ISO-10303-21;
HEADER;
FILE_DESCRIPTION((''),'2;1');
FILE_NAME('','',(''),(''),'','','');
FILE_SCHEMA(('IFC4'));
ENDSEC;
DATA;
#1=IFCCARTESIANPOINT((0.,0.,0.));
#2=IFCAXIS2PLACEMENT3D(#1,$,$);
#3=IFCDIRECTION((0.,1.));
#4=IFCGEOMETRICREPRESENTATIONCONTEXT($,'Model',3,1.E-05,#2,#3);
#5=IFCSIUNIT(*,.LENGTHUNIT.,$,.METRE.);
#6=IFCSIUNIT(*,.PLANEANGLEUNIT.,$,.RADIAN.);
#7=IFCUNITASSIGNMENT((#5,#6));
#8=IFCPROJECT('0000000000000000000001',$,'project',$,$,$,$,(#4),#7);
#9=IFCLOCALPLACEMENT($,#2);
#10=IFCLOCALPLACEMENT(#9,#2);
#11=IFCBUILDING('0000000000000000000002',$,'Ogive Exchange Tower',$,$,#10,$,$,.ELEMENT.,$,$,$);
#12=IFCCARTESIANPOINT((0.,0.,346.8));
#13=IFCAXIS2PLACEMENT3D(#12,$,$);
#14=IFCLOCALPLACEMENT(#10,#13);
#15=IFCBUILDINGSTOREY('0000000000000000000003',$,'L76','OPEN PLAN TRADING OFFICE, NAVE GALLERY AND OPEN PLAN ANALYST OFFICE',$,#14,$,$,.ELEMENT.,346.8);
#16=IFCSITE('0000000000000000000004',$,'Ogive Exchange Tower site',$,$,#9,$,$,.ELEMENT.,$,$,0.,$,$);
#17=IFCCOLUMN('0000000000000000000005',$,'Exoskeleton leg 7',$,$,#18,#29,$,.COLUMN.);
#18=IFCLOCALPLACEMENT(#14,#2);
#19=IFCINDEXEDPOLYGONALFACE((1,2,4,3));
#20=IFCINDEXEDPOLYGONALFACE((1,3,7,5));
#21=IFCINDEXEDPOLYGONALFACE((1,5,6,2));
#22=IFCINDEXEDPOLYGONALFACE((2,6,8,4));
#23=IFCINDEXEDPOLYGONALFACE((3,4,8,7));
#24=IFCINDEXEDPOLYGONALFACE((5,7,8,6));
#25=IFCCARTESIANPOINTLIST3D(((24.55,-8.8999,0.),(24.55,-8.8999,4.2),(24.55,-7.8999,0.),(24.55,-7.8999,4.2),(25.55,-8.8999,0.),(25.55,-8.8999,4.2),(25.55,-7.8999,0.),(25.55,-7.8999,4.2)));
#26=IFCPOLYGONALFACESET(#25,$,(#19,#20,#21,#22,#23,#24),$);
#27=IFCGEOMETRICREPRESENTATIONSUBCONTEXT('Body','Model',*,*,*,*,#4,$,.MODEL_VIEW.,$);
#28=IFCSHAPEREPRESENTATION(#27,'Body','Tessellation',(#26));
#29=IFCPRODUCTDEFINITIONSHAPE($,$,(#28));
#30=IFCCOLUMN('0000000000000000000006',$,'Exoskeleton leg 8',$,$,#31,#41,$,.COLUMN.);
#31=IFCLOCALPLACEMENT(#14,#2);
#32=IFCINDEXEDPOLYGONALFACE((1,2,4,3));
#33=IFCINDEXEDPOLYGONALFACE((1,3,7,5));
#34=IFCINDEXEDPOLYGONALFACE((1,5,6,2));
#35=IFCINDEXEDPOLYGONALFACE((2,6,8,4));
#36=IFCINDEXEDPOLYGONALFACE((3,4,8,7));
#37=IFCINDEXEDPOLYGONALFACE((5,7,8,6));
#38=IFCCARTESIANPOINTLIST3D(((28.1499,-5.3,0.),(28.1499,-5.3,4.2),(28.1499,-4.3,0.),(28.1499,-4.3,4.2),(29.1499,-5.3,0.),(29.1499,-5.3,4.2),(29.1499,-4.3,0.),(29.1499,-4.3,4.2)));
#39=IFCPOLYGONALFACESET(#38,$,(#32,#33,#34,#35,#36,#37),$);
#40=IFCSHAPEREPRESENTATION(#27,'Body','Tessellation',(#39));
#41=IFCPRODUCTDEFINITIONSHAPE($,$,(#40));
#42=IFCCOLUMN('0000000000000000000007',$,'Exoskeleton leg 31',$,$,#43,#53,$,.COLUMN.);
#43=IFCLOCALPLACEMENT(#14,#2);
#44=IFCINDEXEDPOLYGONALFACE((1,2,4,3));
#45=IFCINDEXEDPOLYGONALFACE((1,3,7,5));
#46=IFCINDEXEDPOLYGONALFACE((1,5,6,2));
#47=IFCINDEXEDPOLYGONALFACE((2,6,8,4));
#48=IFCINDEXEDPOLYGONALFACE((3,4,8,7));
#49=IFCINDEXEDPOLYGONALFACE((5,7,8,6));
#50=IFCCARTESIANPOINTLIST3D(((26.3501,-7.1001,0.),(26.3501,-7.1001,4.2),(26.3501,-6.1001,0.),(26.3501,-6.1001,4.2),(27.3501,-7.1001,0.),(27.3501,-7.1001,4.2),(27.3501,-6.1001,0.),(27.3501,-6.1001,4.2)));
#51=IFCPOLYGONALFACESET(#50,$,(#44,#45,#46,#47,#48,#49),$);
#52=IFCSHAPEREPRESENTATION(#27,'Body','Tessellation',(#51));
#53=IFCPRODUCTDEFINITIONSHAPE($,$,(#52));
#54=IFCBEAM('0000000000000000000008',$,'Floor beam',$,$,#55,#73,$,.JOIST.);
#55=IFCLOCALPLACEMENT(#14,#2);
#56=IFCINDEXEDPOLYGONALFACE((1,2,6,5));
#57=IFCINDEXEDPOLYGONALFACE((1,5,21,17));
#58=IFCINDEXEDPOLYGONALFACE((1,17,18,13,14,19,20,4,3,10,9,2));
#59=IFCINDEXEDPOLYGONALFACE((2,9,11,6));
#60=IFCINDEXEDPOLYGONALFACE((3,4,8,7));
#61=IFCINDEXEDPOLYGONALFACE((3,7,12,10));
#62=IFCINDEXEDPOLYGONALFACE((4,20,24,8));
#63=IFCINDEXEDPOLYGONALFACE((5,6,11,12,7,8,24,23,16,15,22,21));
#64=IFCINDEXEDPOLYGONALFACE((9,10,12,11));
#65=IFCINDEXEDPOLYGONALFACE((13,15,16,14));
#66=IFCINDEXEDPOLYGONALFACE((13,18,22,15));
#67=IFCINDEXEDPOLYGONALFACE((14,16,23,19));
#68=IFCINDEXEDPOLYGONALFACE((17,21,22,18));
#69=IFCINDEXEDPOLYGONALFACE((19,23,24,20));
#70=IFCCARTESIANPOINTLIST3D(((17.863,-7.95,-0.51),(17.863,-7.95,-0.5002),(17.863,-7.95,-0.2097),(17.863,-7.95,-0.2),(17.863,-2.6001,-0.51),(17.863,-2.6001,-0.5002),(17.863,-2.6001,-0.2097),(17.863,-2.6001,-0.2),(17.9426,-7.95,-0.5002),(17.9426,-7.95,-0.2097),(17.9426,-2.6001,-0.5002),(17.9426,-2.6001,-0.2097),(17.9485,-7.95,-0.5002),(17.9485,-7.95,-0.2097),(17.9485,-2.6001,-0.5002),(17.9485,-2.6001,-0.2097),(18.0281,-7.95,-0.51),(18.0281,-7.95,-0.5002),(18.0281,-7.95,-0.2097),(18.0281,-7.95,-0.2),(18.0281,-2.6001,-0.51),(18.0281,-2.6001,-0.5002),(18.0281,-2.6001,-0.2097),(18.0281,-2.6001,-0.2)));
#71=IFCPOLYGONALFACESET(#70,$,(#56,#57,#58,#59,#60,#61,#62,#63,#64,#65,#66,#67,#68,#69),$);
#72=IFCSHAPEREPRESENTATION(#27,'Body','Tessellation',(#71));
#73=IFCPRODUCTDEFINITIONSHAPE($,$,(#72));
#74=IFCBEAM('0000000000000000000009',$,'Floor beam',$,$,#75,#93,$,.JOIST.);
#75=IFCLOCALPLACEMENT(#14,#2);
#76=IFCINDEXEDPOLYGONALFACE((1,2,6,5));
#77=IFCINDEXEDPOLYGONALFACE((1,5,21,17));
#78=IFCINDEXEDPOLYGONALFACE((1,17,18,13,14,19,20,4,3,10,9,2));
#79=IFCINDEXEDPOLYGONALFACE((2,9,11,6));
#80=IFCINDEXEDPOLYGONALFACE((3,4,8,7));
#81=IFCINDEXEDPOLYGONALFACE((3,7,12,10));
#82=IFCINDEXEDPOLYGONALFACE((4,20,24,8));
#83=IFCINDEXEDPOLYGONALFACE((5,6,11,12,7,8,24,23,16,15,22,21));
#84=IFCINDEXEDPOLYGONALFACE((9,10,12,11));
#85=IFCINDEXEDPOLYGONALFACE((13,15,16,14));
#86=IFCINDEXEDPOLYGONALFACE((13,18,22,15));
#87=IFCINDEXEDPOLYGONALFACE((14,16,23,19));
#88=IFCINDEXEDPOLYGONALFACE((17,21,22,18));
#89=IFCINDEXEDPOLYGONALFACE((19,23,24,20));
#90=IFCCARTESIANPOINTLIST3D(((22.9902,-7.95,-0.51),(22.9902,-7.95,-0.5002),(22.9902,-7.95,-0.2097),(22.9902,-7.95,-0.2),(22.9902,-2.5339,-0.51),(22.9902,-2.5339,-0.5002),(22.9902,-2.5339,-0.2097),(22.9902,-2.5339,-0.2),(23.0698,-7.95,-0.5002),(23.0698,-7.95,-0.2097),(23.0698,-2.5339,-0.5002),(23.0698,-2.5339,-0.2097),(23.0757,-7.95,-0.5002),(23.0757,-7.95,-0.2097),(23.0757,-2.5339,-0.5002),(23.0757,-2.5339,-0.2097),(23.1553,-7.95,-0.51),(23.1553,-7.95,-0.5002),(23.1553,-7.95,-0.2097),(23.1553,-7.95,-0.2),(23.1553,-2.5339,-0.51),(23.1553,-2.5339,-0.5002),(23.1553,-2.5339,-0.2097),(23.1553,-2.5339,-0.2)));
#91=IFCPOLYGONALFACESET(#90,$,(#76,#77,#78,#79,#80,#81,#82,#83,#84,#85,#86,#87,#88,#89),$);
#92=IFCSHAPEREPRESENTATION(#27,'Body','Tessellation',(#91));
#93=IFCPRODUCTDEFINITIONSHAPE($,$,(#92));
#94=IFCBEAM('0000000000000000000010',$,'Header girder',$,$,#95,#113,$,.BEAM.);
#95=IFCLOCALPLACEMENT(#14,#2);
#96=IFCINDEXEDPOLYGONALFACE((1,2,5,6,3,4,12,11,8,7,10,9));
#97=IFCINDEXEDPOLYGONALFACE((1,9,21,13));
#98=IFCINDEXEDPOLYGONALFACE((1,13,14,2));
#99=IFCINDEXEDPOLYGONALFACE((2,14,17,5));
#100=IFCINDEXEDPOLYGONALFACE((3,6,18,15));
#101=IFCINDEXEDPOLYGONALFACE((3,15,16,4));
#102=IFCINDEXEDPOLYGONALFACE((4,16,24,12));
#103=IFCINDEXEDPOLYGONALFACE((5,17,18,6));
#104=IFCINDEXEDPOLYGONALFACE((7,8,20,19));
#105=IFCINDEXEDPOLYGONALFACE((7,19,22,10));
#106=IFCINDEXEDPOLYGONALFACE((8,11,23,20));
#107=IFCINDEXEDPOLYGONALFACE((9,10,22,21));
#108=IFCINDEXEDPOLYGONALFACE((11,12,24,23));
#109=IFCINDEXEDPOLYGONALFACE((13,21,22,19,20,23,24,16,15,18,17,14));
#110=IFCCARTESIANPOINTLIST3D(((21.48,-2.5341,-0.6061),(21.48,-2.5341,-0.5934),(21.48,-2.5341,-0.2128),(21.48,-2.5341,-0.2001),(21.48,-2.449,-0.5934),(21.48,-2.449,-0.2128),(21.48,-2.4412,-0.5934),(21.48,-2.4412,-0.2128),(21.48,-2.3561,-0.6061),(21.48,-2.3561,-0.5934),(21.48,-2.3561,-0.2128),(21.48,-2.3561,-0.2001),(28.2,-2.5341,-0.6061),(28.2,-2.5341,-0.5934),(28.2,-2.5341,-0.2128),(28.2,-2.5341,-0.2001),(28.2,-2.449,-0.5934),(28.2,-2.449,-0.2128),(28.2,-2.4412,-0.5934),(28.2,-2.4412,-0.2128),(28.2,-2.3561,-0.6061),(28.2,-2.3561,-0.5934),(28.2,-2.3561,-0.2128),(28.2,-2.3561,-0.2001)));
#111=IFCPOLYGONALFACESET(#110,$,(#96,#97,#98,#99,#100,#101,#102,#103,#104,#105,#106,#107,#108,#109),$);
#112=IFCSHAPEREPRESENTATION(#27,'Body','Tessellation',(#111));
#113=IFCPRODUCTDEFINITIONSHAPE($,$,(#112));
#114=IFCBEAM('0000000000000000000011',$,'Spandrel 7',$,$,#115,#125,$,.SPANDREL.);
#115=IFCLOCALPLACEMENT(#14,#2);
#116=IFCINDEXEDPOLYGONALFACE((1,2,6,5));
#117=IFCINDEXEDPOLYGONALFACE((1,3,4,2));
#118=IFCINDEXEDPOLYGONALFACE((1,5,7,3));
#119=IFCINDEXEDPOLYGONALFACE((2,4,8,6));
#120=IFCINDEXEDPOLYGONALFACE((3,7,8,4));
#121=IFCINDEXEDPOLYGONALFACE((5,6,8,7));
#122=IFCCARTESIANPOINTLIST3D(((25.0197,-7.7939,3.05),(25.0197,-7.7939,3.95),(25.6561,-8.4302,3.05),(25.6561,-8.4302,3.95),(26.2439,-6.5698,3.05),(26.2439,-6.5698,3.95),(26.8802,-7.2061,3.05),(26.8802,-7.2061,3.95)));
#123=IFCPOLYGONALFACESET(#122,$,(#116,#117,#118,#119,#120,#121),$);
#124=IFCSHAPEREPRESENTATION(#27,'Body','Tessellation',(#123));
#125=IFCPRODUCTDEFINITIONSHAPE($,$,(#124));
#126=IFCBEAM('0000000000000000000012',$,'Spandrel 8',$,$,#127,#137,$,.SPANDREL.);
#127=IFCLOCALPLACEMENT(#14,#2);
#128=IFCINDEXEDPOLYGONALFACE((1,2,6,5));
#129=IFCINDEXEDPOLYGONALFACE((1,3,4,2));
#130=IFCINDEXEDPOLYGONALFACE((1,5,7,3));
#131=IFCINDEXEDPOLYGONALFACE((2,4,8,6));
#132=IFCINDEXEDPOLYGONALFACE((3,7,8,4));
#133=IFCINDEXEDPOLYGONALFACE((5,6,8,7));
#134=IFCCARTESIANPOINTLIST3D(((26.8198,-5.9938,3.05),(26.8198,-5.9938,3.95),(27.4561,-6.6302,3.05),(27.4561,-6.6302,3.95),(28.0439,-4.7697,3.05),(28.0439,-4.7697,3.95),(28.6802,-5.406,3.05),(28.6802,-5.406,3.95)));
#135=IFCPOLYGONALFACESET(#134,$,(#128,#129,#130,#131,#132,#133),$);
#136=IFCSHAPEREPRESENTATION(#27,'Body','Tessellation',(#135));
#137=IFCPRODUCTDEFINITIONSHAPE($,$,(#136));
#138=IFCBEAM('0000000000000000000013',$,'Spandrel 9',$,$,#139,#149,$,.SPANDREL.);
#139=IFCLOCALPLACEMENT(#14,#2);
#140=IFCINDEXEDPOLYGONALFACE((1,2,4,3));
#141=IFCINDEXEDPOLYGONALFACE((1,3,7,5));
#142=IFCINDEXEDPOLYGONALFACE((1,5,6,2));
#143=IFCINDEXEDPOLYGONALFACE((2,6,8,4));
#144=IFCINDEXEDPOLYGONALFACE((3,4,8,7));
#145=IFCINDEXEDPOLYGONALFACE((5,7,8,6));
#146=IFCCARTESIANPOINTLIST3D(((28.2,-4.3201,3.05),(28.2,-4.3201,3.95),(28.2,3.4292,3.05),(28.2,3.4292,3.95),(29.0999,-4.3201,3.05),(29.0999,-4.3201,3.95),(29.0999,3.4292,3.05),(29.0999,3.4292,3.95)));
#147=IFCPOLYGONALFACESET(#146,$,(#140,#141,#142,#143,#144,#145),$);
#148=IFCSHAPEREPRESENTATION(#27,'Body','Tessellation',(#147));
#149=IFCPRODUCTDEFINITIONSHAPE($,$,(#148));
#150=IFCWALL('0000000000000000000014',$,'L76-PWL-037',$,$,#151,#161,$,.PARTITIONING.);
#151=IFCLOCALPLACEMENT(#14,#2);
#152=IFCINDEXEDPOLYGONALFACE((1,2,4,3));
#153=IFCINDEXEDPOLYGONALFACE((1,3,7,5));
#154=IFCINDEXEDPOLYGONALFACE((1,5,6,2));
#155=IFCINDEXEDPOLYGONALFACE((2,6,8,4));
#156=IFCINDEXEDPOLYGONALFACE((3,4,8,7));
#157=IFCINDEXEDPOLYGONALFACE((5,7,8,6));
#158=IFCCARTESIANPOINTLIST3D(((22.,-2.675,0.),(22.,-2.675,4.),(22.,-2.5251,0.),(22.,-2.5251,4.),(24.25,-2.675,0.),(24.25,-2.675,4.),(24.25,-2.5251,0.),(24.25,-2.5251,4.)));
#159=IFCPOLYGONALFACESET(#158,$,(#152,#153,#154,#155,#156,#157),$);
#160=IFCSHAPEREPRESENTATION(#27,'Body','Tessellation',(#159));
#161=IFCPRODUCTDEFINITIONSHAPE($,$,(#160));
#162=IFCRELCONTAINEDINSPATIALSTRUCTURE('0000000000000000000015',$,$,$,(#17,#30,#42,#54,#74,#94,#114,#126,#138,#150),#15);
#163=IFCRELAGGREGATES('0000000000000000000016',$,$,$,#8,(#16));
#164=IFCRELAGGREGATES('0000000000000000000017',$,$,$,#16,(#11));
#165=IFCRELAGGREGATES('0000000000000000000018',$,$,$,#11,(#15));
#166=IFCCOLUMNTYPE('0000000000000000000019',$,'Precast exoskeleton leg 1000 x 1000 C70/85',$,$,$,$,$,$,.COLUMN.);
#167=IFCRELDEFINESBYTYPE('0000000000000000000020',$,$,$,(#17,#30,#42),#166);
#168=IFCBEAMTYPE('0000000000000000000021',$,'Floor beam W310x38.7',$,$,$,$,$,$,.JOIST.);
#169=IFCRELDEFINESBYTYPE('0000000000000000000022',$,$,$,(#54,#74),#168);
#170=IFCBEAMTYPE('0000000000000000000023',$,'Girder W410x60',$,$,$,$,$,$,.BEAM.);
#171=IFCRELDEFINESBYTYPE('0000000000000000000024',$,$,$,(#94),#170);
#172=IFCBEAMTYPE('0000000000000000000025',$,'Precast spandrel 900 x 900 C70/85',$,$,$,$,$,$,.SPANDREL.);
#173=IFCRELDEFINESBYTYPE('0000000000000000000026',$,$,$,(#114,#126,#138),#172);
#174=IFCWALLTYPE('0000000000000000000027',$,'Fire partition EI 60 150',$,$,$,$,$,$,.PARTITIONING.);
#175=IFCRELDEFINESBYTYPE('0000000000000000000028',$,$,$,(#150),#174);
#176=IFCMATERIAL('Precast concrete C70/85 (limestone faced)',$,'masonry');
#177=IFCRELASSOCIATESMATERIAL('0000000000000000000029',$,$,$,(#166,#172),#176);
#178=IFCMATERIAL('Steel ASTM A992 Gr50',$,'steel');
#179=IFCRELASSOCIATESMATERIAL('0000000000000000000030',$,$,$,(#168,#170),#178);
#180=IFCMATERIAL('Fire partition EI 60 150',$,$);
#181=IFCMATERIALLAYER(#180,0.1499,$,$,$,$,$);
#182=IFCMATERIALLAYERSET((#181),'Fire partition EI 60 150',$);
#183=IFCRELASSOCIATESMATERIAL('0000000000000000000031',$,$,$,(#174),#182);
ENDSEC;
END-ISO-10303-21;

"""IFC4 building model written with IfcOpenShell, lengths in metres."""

from ifc_helpers import new_model, si_unit, direction, frame, frame_2d, origin, origin_2d, place, context, subcontext, project, spatial, rectangle, i_section, extrude, material, layer, layer_set, material_profile, profile_set, type_object, element, save


model = new_model("IFC4")

# Units and contexts
model_context = context("Model", 3, precision=1e-05, world=origin(), true_north=direction((0.0, 1.0)))
body_context = subcontext(model_context, "Body", "Model", "MODEL_VIEW")
ifc_project = project(units=[si_unit("LENGTHUNIT", "METRE"), si_unit("PLANEANGLEUNIT", "RADIAN")], contexts=[model_context])

# Site, building, storey
site_placement = place(None, origin())
site = spatial("IfcSite", under=ifc_project, at=site_placement, Name="Ogive Exchange Tower site", CompositionType="ELEMENT", RefElevation=0.0)
building_placement = place(site_placement, origin())
building = spatial("IfcBuilding", under=site, at=building_placement, Name="Ogive Exchange Tower", CompositionType="ELEMENT")
storey_placement = place(building_placement, frame((0.0, 0.0, 346.8)))
storey = spatial("IfcBuildingStorey", under=building, at=storey_placement, Name="L76", Description="OPEN PLAN TRADING OFFICE, NAVE GALLERY AND OPEN PLAN ANALYST OFFICE", CompositionType="ELEMENT", Elevation=346.8)

# Columns
ifc_material_1 = material(Name="Precast concrete C70/85 (limestone faced)", Category="masonry")
ifc_material_profile_1 = material_profile(ifc_material_1, rectangle(XDim=1.0, YDim=1.0, at=origin_2d()), Name="1000 x 1000")
ifc_profile_set_1 = profile_set([ifc_material_profile_1], Name="Precast concrete C70/85 (limestone faced)")
column_type = type_object("IfcColumnType", Name="Precast exoskeleton leg 1000 x 1000 C70/85", PredefinedType="COLUMN", material=ifc_profile_set_1)
for number, where, z_axis, x_axis, name in (
    (1, (25.05, -8.3999, 0.0), (0.0, 0.0, 1.0), (1.0, 0.0, 0.0), "Exoskeleton leg 7"),
    (2, (28.6499, -4.8, 0.0), (0.0, 0.0, 1.0), (1.0, 0.0, 0.0), "Exoskeleton leg 8"),
    (3, (26.8501, -6.6001, 0.0), (0.0, 0.0, 1.0), (1.0, 0.0, 0.0), "Exoskeleton leg 31"),
):
    element("IfcColumn", number, at=place(storey_placement, frame(where, z_axis=z_axis, x_axis=x_axis)), inside=storey, type_object=column_type, Name=name, PredefinedType="COLUMN", context=body_context, shape_type="SweptSolid", body=[
        extrude(rectangle(XDim=1.0, YDim=1.0, at=origin_2d()), origin(), (0.0, 0.0, 1.0), 4.2),
    ])

# Beams
ifc_material_2 = material(Name="Steel ASTM A992 Gr50", Category="steel")
ifc_material_profile_2 = material_profile(ifc_material_2, i_section(OverallWidth=0.165, OverallDepth=0.3101, WebThickness=0.0059, FlangeThickness=0.0098, at=origin_2d()), Name="W310x38.7")
ifc_profile_set_2 = profile_set([ifc_material_profile_2], Name="Steel ASTM A992 Gr50")
beam_type_1 = type_object("IfcBeamType", Name="Floor beam W310x38.7", PredefinedType="JOIST", material=ifc_profile_set_2)
beam_1_placement = place(storey_placement, frame((17.9456, -7.95, -0.355), z_axis=(0.0, 1.0, 0.0), x_axis=(-1.0, 0.0, 0.0)))
element("IfcBeam", 4, at=beam_1_placement, inside=storey, type_object=beam_type_1, Name="Floor beam", PredefinedType="JOIST", context=body_context, shape_type="SweptSolid", body=[
    extrude(i_section(OverallWidth=0.165, OverallDepth=0.3101, WebThickness=0.0059, FlangeThickness=0.0098, at=origin_2d()), origin(), (0.0, 0.0, 1.0), 5.3499),
])
beam_2_placement = place(storey_placement, frame((23.0728, -7.95, -0.355), z_axis=(0.0, 1.0, 0.0), x_axis=(-1.0, 0.0, 0.0)))
element("IfcBeam", 5, at=beam_2_placement, inside=storey, type_object=beam_type_1, Name="Floor beam", PredefinedType="JOIST", context=body_context, shape_type="SweptSolid", body=[
    extrude(i_section(OverallWidth=0.165, OverallDepth=0.3101, WebThickness=0.0059, FlangeThickness=0.0098, at=origin_2d()), origin(), (0.0, 0.0, 1.0), 5.416),
])
ifc_material_profile_3 = material_profile(ifc_material_2, i_section(OverallWidth=0.178, OverallDepth=0.406, WebThickness=0.0078, FlangeThickness=0.0127, at=origin_2d()), Name="W410x60")
ifc_profile_set_3 = profile_set([ifc_material_profile_3], Name="Steel ASTM A992 Gr50")
beam_type_2 = type_object("IfcBeamType", Name="Girder W410x60", PredefinedType="BEAM", material=ifc_profile_set_3)
beam_3_placement = place(storey_placement, frame((21.48, -2.4451, -0.4031), z_axis=(1.0, 0.0, 0.0), x_axis=(0.0, 1.0, 0.0)))
element("IfcBeam", 6, at=beam_3_placement, inside=storey, type_object=beam_type_2, Name="Header girder", PredefinedType="BEAM", context=body_context, shape_type="SweptSolid", body=[
    extrude(i_section(OverallWidth=0.178, OverallDepth=0.406, WebThickness=0.0078, FlangeThickness=0.0127, at=origin_2d()), origin(), (0.0, 0.0, 1.0), 6.72),
])
ifc_material_profile_4 = material_profile(ifc_material_1, rectangle(XDim=0.8999, YDim=0.8999, at=origin_2d()), Name="900 x 900")
ifc_profile_set_4 = profile_set([ifc_material_profile_4], Name="Precast concrete C70/85 (limestone faced)")
beam_type_3 = type_object("IfcBeamType", Name="Precast spandrel 900 x 900 C70/85", PredefinedType="SPANDREL", material=ifc_profile_set_4)
for number, where, z_axis, x_axis, name in (
    (7, (25.3379, -8.1121, 3.5), (0.707107, 0.707107, 0.0), (-0.707107, 0.707107, 0.0), "Spandrel 7"),
    (8, (27.1379, -6.312, 3.5), (0.707107, 0.707107, 0.0), (-0.707107, 0.707107, 0.0), "Spandrel 8"),
):
    element("IfcBeam", number, at=place(storey_placement, frame(where, z_axis=z_axis, x_axis=x_axis)), inside=storey, type_object=beam_type_3, Name=name, PredefinedType="SPANDREL", context=body_context, shape_type="SweptSolid", body=[
        extrude(rectangle(XDim=0.8999, YDim=0.8999, at=origin_2d()), origin(), (0.0, 0.0, 1.0), 1.7312),
    ])
beam_4_placement = place(storey_placement, frame((28.6499, -4.3201, 3.5), z_axis=(0.0, 1.0, 0.0), x_axis=(-1.0, 0.0, 0.0)))
element("IfcBeam", 9, at=beam_4_placement, inside=storey, type_object=beam_type_3, Name="Spandrel 9", PredefinedType="SPANDREL", context=body_context, shape_type="SweptSolid", body=[
    extrude(rectangle(XDim=0.8999, YDim=0.8999, at=origin_2d()), origin(), (0.0, 0.0, 1.0), 7.7493),
])

# Wall
ifc_material_3 = material(Name="Fire partition EI 60 150")
ifc_layer_1 = layer(ifc_material_3, 0.1499)
ifc_layer_set_1 = layer_set([ifc_layer_1], Name="Fire partition EI 60 150")
wall_type_1 = type_object("IfcWallType", Name="Fire partition EI 60 150", PredefinedType="PARTITIONING", material=ifc_layer_set_1)
wall_1_placement = place(storey_placement, frame((22.0, -2.6001, 0.0), z_axis=(0.0, 0.0, 1.0), x_axis=(1.0, 0.0, 0.0)))
element("IfcWall", 10, at=wall_1_placement, inside=storey, type_object=wall_type_1, Name="L76-PWL-037", PredefinedType="PARTITIONING", context=body_context, shape_type="SweptSolid", body=[
    extrude(rectangle(XDim=2.25, YDim=0.1499, at=frame_2d((1.125, 0.0))), origin(), (0.0, 0.0, 1.0), 4.0),
])

save(model, "model.ifc")
